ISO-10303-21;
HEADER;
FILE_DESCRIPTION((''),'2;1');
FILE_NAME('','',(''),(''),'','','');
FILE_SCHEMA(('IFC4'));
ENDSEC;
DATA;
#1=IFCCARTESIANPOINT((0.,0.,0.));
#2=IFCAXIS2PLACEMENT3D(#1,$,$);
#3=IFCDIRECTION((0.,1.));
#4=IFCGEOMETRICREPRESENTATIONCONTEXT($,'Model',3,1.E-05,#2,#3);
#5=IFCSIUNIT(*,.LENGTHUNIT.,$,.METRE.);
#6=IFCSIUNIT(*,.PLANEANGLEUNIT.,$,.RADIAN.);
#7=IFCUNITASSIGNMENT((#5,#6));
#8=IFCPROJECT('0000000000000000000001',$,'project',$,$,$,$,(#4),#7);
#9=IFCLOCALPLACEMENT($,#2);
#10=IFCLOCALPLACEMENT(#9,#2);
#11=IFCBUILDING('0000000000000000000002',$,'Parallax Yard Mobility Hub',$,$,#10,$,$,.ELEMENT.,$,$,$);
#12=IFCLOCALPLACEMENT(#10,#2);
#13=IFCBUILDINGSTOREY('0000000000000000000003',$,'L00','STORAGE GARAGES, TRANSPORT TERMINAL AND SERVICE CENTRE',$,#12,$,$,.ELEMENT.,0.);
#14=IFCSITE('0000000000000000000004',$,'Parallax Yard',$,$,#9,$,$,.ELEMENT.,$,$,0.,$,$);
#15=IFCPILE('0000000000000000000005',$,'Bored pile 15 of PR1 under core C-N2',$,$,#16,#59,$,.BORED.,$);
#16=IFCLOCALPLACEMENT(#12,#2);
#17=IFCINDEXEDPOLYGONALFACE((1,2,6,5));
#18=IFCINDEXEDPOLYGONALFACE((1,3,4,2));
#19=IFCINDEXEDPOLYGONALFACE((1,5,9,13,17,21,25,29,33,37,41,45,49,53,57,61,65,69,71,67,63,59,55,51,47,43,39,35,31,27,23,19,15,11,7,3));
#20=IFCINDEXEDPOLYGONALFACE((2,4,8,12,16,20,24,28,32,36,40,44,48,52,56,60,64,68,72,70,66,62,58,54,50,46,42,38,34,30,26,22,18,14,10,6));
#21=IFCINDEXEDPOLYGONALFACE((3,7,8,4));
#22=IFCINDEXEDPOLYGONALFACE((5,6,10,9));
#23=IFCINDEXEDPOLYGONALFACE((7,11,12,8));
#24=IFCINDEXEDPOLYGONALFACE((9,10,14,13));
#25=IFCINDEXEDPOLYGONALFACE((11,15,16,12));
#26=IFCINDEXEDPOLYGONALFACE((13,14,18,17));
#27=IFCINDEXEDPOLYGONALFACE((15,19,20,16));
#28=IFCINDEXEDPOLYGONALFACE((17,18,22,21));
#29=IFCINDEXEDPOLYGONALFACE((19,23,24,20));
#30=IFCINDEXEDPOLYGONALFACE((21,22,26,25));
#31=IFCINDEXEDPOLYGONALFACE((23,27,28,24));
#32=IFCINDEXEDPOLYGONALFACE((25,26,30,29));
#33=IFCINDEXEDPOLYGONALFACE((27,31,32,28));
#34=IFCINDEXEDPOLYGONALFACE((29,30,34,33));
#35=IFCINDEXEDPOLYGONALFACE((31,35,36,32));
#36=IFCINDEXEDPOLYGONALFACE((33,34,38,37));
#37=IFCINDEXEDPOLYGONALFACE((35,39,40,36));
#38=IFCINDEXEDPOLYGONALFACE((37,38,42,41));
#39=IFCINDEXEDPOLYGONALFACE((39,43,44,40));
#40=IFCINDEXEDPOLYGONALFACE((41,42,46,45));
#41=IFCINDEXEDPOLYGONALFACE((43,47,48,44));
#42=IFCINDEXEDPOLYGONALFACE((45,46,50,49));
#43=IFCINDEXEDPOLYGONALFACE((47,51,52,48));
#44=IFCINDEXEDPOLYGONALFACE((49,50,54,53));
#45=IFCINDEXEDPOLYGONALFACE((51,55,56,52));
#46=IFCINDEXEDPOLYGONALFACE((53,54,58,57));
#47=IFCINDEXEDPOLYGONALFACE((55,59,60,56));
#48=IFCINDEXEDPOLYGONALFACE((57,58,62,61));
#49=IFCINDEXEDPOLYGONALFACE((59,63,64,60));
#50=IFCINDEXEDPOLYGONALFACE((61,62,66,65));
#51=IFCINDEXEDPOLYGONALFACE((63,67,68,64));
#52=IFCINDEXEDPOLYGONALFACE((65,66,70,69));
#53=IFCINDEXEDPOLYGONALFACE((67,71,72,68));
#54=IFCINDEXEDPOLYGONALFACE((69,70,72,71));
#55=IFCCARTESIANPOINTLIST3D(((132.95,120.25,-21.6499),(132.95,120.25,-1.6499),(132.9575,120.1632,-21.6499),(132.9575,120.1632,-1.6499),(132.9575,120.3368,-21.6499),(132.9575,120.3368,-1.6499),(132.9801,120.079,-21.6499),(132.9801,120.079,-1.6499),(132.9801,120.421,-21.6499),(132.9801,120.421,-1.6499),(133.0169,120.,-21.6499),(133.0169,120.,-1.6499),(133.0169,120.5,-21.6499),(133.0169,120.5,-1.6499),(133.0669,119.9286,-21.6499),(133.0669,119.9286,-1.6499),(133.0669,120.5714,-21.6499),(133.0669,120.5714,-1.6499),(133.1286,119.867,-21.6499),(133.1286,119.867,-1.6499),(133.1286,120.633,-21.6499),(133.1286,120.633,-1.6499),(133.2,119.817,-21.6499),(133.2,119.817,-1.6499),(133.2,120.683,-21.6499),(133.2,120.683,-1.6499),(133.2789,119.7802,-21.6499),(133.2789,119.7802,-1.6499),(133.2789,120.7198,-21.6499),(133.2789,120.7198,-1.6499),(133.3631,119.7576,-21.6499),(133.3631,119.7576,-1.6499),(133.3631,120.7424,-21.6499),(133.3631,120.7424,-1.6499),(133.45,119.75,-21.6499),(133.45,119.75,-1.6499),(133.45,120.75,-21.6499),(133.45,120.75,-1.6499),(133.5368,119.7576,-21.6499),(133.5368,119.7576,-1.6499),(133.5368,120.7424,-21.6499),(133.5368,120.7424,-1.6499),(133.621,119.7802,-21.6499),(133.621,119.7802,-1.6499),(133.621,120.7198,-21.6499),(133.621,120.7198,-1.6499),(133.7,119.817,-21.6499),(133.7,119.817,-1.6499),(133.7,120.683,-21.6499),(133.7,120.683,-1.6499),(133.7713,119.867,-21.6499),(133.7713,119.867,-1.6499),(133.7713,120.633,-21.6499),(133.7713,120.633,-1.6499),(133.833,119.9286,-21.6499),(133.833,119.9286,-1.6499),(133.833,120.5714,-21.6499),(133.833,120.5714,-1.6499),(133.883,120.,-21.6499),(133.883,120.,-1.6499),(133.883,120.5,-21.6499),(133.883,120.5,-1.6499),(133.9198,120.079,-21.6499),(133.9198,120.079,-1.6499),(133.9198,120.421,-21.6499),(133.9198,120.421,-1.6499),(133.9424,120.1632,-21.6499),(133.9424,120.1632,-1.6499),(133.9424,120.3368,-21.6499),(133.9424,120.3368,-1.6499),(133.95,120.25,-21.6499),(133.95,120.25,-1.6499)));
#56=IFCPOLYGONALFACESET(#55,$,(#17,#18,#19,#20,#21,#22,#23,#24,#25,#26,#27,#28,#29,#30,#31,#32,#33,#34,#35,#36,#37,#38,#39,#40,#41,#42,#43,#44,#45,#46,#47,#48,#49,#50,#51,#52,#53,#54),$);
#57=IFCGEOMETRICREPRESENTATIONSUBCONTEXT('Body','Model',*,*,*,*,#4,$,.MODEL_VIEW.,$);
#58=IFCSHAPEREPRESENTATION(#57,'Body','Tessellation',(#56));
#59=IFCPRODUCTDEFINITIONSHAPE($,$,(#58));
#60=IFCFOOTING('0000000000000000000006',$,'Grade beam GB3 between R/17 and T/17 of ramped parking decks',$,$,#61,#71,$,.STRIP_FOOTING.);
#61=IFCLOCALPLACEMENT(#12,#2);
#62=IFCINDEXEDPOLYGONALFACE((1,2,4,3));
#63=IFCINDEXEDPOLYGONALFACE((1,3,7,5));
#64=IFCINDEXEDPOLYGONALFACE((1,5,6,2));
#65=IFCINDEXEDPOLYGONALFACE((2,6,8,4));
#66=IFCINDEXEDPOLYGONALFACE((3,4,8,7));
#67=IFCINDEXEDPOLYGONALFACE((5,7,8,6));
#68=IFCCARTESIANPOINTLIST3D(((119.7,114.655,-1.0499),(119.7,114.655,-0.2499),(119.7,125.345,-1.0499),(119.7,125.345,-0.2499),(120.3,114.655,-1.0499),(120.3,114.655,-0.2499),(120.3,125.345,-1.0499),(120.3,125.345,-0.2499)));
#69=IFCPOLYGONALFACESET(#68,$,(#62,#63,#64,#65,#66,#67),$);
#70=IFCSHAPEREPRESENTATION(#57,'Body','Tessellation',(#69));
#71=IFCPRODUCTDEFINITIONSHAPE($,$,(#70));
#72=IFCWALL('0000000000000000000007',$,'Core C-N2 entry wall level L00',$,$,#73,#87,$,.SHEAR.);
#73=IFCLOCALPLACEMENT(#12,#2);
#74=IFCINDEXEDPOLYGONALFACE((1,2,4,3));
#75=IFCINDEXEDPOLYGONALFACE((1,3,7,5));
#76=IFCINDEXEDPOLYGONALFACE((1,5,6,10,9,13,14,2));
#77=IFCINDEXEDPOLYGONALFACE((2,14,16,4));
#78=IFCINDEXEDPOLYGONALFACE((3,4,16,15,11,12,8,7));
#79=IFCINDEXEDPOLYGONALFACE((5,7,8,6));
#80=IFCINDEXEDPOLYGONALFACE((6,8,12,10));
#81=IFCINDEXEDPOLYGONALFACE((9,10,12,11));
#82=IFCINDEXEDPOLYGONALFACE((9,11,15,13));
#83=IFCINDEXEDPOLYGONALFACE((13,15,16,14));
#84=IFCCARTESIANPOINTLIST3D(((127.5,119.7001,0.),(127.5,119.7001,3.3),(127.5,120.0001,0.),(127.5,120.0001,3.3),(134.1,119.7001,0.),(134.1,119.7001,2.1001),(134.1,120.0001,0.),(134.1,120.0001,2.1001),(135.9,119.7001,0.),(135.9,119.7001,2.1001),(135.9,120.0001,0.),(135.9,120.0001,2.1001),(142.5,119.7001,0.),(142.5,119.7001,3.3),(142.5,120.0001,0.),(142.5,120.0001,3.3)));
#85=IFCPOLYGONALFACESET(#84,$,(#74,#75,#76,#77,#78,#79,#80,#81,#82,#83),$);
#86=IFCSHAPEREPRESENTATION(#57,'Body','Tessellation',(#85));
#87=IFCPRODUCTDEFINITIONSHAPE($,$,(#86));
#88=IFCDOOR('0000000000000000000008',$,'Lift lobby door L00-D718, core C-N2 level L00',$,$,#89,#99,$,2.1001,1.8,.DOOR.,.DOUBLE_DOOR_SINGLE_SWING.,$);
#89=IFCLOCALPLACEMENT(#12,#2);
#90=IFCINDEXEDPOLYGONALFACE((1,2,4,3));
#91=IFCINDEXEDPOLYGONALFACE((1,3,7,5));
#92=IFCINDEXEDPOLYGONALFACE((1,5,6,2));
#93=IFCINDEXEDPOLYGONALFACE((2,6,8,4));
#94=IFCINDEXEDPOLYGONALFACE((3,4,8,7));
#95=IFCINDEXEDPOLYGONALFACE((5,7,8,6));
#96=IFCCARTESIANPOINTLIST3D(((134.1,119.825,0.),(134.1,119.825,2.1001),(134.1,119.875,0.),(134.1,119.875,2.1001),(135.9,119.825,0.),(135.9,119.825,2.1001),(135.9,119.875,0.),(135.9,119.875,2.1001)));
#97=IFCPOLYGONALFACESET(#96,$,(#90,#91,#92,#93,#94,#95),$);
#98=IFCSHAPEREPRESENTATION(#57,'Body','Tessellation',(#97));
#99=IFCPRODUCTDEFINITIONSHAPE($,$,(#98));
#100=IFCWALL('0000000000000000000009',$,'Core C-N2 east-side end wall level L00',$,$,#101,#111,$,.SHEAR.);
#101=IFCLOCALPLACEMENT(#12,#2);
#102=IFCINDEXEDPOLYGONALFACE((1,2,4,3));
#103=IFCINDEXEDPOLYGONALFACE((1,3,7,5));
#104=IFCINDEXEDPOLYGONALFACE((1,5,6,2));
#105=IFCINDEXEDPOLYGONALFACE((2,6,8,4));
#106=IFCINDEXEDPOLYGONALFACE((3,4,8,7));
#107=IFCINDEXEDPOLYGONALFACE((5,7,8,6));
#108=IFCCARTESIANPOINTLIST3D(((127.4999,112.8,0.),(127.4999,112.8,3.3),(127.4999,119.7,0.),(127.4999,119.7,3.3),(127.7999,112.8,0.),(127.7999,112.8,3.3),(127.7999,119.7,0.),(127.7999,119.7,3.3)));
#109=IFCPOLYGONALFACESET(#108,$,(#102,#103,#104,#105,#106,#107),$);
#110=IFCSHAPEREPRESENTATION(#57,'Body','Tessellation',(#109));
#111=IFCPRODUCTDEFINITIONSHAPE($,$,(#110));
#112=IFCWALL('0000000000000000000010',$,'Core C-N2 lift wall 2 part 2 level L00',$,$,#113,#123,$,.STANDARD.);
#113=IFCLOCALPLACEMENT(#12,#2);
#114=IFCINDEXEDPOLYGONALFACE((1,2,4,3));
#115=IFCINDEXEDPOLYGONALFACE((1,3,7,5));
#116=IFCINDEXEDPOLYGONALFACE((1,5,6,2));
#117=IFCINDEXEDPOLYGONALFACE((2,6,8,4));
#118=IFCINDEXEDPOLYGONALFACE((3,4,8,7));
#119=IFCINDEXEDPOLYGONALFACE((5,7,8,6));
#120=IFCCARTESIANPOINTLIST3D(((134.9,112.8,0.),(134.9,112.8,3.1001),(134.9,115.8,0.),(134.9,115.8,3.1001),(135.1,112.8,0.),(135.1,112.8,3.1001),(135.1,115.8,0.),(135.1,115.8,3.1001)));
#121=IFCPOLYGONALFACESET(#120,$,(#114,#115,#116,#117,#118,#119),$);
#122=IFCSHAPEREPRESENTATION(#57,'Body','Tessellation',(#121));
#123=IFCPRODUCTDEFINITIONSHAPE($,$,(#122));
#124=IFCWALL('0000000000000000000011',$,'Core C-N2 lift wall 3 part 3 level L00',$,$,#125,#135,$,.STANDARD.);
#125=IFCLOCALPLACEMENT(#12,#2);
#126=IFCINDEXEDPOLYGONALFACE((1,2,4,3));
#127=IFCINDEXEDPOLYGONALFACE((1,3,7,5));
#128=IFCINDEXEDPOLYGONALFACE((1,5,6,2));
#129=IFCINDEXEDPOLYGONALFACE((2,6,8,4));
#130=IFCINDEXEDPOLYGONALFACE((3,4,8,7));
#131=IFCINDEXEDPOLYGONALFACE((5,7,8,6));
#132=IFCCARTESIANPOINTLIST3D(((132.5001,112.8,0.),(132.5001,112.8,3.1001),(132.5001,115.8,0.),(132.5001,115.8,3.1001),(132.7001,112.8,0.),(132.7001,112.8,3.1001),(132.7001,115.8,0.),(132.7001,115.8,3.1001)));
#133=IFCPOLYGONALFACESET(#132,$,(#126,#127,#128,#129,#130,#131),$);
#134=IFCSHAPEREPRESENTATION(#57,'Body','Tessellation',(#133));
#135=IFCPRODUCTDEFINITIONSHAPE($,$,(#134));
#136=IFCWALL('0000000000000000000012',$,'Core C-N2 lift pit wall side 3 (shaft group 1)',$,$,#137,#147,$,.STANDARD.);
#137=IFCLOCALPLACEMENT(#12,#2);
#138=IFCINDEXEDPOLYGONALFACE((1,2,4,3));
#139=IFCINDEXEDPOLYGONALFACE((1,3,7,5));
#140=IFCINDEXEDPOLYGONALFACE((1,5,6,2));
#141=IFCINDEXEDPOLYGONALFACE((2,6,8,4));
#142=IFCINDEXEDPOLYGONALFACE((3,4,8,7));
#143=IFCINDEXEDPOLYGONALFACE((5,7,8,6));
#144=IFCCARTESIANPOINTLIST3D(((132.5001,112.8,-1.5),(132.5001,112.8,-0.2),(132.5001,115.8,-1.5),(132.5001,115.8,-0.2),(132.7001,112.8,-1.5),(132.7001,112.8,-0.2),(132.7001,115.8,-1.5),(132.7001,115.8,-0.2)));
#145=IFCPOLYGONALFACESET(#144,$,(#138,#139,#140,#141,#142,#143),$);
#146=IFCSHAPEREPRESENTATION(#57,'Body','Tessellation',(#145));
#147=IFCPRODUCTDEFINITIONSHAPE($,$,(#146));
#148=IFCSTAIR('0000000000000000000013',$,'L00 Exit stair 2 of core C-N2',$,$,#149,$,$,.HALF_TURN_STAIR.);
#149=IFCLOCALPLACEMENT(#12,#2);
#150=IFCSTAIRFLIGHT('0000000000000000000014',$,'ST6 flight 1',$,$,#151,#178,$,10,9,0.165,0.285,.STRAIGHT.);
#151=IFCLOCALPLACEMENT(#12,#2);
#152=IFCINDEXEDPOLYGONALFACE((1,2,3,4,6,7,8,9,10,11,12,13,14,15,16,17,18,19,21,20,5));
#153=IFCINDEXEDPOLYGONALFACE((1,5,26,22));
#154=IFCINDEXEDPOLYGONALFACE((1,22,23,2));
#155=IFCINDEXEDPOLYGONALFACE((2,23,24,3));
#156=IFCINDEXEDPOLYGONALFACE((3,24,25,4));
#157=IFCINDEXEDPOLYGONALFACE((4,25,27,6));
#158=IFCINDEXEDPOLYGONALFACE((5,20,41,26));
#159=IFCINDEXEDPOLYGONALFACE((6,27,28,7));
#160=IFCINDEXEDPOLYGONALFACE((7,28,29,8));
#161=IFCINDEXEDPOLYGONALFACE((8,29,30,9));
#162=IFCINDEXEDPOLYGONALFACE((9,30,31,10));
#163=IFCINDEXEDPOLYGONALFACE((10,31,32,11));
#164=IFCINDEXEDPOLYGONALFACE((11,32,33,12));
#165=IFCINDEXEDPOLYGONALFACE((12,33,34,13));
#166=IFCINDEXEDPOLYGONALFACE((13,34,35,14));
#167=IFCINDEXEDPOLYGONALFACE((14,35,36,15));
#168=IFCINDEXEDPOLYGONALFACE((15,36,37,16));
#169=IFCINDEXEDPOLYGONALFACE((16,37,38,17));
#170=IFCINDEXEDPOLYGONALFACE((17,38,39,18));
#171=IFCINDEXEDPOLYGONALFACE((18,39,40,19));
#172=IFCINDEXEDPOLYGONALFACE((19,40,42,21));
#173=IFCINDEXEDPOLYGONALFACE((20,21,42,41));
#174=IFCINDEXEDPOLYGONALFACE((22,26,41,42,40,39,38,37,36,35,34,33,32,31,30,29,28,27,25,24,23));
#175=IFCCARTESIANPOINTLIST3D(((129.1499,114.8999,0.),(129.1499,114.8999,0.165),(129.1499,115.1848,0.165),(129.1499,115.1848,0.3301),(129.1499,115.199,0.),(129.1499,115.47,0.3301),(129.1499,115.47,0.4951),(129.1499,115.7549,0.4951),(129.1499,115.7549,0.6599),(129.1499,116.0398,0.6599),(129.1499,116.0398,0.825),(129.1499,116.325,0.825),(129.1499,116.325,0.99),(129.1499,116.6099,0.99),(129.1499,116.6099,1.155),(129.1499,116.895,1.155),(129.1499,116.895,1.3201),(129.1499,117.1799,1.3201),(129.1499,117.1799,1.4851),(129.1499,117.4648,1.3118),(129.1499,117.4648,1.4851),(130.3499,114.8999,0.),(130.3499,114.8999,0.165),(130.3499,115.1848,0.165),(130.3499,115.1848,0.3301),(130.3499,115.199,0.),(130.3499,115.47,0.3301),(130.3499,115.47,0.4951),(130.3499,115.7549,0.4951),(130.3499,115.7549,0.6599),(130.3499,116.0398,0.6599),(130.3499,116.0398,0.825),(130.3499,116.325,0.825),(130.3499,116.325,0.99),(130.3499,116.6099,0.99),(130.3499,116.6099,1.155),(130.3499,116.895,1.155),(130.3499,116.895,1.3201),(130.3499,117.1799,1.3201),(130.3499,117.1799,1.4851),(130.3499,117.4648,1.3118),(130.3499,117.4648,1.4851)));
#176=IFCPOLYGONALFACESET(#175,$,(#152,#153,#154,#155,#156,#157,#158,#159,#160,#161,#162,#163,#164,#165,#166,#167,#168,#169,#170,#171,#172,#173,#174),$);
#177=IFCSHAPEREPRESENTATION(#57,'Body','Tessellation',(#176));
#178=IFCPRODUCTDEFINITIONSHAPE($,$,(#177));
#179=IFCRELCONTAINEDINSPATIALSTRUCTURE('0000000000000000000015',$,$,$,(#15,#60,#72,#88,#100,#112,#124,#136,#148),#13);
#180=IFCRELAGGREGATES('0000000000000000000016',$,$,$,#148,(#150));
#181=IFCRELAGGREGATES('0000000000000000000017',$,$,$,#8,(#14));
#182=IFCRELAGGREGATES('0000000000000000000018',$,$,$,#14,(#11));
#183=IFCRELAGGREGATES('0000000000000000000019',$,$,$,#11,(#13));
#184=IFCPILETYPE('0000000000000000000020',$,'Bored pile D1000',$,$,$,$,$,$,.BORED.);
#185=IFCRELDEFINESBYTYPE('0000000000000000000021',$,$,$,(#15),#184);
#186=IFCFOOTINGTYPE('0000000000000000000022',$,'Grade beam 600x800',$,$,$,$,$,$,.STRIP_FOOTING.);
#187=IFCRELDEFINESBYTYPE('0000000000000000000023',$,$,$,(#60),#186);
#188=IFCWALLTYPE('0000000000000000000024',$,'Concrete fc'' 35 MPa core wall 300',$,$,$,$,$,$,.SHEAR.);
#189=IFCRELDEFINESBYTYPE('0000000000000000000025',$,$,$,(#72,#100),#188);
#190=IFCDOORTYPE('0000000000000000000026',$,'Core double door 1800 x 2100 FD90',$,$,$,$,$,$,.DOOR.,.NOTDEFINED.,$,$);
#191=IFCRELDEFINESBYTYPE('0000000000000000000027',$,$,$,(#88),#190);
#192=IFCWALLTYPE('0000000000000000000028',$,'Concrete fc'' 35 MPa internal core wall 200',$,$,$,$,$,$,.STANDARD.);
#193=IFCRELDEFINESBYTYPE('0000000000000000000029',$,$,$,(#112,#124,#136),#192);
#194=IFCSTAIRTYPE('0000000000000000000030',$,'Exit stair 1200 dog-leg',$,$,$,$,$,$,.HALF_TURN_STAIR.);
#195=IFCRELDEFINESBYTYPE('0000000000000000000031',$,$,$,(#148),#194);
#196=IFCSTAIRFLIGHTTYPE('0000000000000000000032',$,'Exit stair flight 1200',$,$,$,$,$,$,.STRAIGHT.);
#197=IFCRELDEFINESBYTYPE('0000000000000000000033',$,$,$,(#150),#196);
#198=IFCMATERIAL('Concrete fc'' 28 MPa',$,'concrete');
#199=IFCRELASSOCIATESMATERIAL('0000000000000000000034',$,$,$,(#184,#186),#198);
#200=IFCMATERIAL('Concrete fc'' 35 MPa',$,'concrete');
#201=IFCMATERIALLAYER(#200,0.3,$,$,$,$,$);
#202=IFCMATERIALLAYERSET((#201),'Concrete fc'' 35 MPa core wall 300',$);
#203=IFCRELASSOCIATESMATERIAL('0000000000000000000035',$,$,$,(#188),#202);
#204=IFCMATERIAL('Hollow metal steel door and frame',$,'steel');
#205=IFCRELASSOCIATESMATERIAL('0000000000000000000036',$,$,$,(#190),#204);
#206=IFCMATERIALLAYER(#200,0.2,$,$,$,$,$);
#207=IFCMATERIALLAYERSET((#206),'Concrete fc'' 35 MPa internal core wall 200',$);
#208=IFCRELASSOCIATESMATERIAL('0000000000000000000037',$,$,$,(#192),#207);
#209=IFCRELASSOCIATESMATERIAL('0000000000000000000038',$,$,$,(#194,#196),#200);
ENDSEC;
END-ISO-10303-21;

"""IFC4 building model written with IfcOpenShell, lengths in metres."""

from ifc_helpers import new_model, si_unit, direction, frame, frame_2d, origin, origin_2d, place, context, subcontext, project, spatial, polyline, rectangle, circle, outline, extrude, material, layer, layer_set, material_profile, profile_set, type_object, element, fill, aggregate, save


model = new_model("IFC4")

# Units and contexts
model_context = context("Model", 3, precision=1e-05, world=origin(), true_north=direction((0.0, 1.0)))
body_context = subcontext(model_context, "Body", "Model", "MODEL_VIEW")
ifc_project = project(units=[si_unit("LENGTHUNIT", "METRE"), si_unit("PLANEANGLEUNIT", "RADIAN")], contexts=[model_context])

# Site, building, storey
site_placement = place(None, origin())
site = spatial("IfcSite", under=ifc_project, at=site_placement, Name="Parallax Yard", CompositionType="ELEMENT", RefElevation=0.0)
building_placement = place(site_placement, origin())
building = spatial("IfcBuilding", under=site, at=building_placement, Name="Parallax Yard Mobility Hub", CompositionType="ELEMENT")
storey_placement = place(building_placement, origin())
storey = spatial("IfcBuildingStorey", under=building, at=storey_placement, Name="L00", Description="STORAGE GARAGES, TRANSPORT TERMINAL AND SERVICE CENTRE", CompositionType="ELEMENT", Elevation=0.0)

# Pile
ifc_material_1 = material(Name="Concrete fc' 28 MPa", Category="concrete")
ifc_material_profile_1 = material_profile(ifc_material_1, circle(Radius=0.5, at=origin_2d()), Name="Bored pile D1000")
ifc_profile_set_1 = profile_set([ifc_material_profile_1], Name="Concrete fc' 28 MPa")
pile_type = type_object("IfcPileType", Name="Bored pile D1000", PredefinedType="BORED", material=ifc_profile_set_1)
for number, where, z_axis, x_axis, name in (
    (1, (133.45, 120.25, -1.6499), (0.0, 0.0, -1.0), (1.0, 0.0, 0.0), "Bored pile 15 of PR1 under core C-N2"),
):
    element("IfcPile", number, at=place(storey_placement, frame(where, z_axis=z_axis, x_axis=x_axis)), inside=storey, type_object=pile_type, Name=name, PredefinedType="BORED", context=body_context, shape_type="SweptSolid", body=[
        extrude(circle(Radius=0.5, at=origin_2d()), origin(), (0.0, 0.0, 1.0), 20.0),
    ])

# Footing
ifc_material_profile_2 = material_profile(ifc_material_1, rectangle(XDim=0.6001, YDim=0.8, at=origin_2d()), Name="Grade beam 600x800")
ifc_profile_set_2 = profile_set([ifc_material_profile_2], Name="Concrete fc' 28 MPa")
footing_type = type_object("IfcFootingType", Name="Grade beam 600x800", PredefinedType="STRIP_FOOTING", material=ifc_profile_set_2)
footing_placement = place(storey_placement, frame((120.0, 114.655, -0.6499), z_axis=(0.0, 1.0, 0.0), x_axis=(-1.0, 0.0, 0.0)))
element("IfcFooting", 2, at=footing_placement, inside=storey, type_object=footing_type, Name="Grade beam GB3 between R/17 and T/17 of ramped parking decks", PredefinedType="STRIP_FOOTING", context=body_context, shape_type="SweptSolid", body=[
    extrude(rectangle(XDim=0.6001, YDim=0.8, at=origin_2d()), origin(), (0.0, 0.0, 1.0), 10.6899),
])

# Wall, opening, door
ifc_material_2 = material(Name="Concrete fc' 35 MPa", Category="concrete")
ifc_layer_1 = layer(ifc_material_2, 0.3)
ifc_layer_set_1 = layer_set([ifc_layer_1], Name="Concrete fc' 35 MPa core wall 300")
wall_type_1 = type_object("IfcWallType", Name="Concrete fc' 35 MPa core wall 300", PredefinedType="SHEAR", material=ifc_layer_set_1)
wall_1_placement = place(storey_placement, frame((127.5, 119.8501, 0.0), z_axis=(0.0, 0.0, 1.0), x_axis=(1.0, 0.0, 0.0)))
wall_1 = element("IfcWall", 3, at=wall_1_placement, inside=storey, type_object=wall_type_1, Name="Core C-N2 entry wall level L00", PredefinedType="SHEAR", context=body_context, shape_type="SweptSolid", body=[
    extrude(rectangle(XDim=15.0, YDim=0.3, at=frame_2d((7.5, 0.0))), origin(), (0.0, 0.0, 1.0), 3.3),
])
opening_placement = place(wall_1_placement, frame((6.6001, 0.0, 0.0)))
opening = element("IfcOpeningElement", 4, at=opening_placement, cuts=wall_1, PredefinedType="OPENING", context=body_context, shape_type="SweptSolid", body=[
    extrude(rectangle(XDim=1.8, YDim=2.1001, at=frame_2d((0.8999, 1.05))), frame((0.0, 0.1602, 0.0), z_axis=(0.0, -1.0, 0.0), x_axis=(1.0, 0.0, 0.0)), (0.0, 0.0, 1.0), 0.3201),
])
ifc_material_3 = material(Name="Hollow metal steel door and frame", Category="steel")
door_type = type_object("IfcDoorType", Name="Core double door 1800 x 2100 FD90", OperationType="NOTDEFINED", PredefinedType="DOOR", material=ifc_material_3)
door_placement = place(opening_placement, origin())
door = element("IfcDoor", 5, at=door_placement, inside=storey, type_object=door_type, Name="Lift lobby door L00-D718, core C-N2 level L00", OperationType="DOUBLE_DOOR_SINGLE_SWING", OverallHeight=2.1001, OverallWidth=1.8, PredefinedType="DOOR", context=body_context, shape_type="SweptSolid", body=[
    extrude(rectangle(XDim=1.8, YDim=2.1001, at=frame_2d((0.8999, 1.05))), frame((0.0, 0.0249, 0.0), z_axis=(0.0, -1.0, 0.0), x_axis=(1.0, 0.0, 0.0)), (0.0, 0.0, 1.0), 0.05),
])
fill(opening, door)

# Walls
wall_2_placement = place(storey_placement, frame((127.6499, 119.7, 0.0), z_axis=(0.0, 0.0, 1.0), x_axis=(0.0, -1.0, 0.0)))
element("IfcWall", 6, at=wall_2_placement, inside=storey, type_object=wall_type_1, Name="Core C-N2 east-side end wall level L00", PredefinedType="SHEAR", context=body_context, shape_type="SweptSolid", body=[
    extrude(rectangle(XDim=6.8999, YDim=0.3, at=frame_2d((3.45, 0.0))), origin(), (0.0, 0.0, 1.0), 3.3),
])
ifc_layer_2 = layer(ifc_material_2, 0.2)
ifc_layer_set_2 = layer_set([ifc_layer_2], Name="Concrete fc' 35 MPa internal core wall 200")
wall_type_2 = type_object("IfcWallType", Name="Concrete fc' 35 MPa internal core wall 200", PredefinedType="STANDARD", material=ifc_layer_set_2)
for number, where, z_axis, x_axis, name in (
    (7, (135.0, 115.8, 0.0), (0.0, 0.0, 1.0), (0.0, -1.0, 0.0), "Core C-N2 lift wall 2 part 2 level L00"),
    (8, (132.6001, 115.8, 0.0), (0.0, 0.0, 1.0), (0.0, -1.0, 0.0), "Core C-N2 lift wall 3 part 3 level L00"),
):
    element("IfcWall", number, at=place(storey_placement, frame(where, z_axis=z_axis, x_axis=x_axis)), inside=storey, type_object=wall_type_2, Name=name, PredefinedType="STANDARD", context=body_context, shape_type="SweptSolid", body=[
        extrude(rectangle(XDim=3.0, YDim=0.2, at=frame_2d((1.5, 0.0))), origin(), (0.0, 0.0, 1.0), 3.1001),
    ])
wall_3_placement = place(storey_placement, frame((132.6001, 115.8, -1.5), z_axis=(0.0, 0.0, 1.0), x_axis=(0.0, -1.0, 0.0)))
element("IfcWall", 9, at=wall_3_placement, inside=storey, type_object=wall_type_2, Name="Core C-N2 lift pit wall side 3 (shaft group 1)", PredefinedType="STANDARD", context=body_context, shape_type="SweptSolid", body=[
    extrude(rectangle(XDim=3.0, YDim=0.2, at=frame_2d((1.5, 0.0))), origin(), (0.0, 0.0, 1.0), 1.3),
])

# Stair, stair flight
stair_type = type_object("IfcStairType", Name="Exit stair 1200 dog-leg", PredefinedType="HALF_TURN_STAIR", material=ifc_material_2)
stair_placement = place(storey_placement, origin())
stair = element("IfcStair", 10, at=stair_placement, inside=storey, type_object=stair_type, Name="L00 Exit stair 2 of core C-N2", PredefinedType="HALF_TURN_STAIR")
stair_flight_type = type_object("IfcStairFlightType", Name="Exit stair flight 1200", PredefinedType="STRAIGHT", material=ifc_material_2)
stair_flight_1_placement = place(storey_placement, frame((129.75, 114.8999, 0.0), z_axis=(0.0, 0.0, 1.0), x_axis=(0.0, 1.0, 0.0)))
stair_flight_1 = element("IfcStairFlight", 11, at=stair_flight_1_placement, type_object=stair_flight_type, Name="ST6 flight 1", NumberOfRisers=10, NumberOfTreads=9, PredefinedType="STRAIGHT", RiserHeight=0.165, TreadLength=0.285, context=body_context, shape_type="SweptSolid", body=[
    extrude(outline(polyline([(0.0, 0.0), (0.0, 0.165), (0.2849, 0.165), (0.2849, 0.3301), (0.5701, 0.3301), (0.5701, 0.4951), (0.855, 0.4951), (0.855, 0.6599), (1.1399, 0.6599), (1.1399, 0.825), (1.425, 0.825), (1.425, 0.99), (1.71, 0.99), (1.71, 1.155), (1.9951, 1.155), (1.9951, 1.3201), (2.28, 1.3201), (2.28, 1.4851), (2.5649, 1.4851), (2.5649, 1.6499), (2.5649, 1.3118), (0.2991, 0.0), (0.0, 0.0)])), frame((0.0, 0.6001, 0.0), z_axis=(0.0, -1.0, 0.0), x_axis=(1.0, 0.0, 0.0)), (0.0, 0.0, 1.0), 1.2),
])
aggregate(stair, [stair_flight_1])

save(model, "model.ifc")
